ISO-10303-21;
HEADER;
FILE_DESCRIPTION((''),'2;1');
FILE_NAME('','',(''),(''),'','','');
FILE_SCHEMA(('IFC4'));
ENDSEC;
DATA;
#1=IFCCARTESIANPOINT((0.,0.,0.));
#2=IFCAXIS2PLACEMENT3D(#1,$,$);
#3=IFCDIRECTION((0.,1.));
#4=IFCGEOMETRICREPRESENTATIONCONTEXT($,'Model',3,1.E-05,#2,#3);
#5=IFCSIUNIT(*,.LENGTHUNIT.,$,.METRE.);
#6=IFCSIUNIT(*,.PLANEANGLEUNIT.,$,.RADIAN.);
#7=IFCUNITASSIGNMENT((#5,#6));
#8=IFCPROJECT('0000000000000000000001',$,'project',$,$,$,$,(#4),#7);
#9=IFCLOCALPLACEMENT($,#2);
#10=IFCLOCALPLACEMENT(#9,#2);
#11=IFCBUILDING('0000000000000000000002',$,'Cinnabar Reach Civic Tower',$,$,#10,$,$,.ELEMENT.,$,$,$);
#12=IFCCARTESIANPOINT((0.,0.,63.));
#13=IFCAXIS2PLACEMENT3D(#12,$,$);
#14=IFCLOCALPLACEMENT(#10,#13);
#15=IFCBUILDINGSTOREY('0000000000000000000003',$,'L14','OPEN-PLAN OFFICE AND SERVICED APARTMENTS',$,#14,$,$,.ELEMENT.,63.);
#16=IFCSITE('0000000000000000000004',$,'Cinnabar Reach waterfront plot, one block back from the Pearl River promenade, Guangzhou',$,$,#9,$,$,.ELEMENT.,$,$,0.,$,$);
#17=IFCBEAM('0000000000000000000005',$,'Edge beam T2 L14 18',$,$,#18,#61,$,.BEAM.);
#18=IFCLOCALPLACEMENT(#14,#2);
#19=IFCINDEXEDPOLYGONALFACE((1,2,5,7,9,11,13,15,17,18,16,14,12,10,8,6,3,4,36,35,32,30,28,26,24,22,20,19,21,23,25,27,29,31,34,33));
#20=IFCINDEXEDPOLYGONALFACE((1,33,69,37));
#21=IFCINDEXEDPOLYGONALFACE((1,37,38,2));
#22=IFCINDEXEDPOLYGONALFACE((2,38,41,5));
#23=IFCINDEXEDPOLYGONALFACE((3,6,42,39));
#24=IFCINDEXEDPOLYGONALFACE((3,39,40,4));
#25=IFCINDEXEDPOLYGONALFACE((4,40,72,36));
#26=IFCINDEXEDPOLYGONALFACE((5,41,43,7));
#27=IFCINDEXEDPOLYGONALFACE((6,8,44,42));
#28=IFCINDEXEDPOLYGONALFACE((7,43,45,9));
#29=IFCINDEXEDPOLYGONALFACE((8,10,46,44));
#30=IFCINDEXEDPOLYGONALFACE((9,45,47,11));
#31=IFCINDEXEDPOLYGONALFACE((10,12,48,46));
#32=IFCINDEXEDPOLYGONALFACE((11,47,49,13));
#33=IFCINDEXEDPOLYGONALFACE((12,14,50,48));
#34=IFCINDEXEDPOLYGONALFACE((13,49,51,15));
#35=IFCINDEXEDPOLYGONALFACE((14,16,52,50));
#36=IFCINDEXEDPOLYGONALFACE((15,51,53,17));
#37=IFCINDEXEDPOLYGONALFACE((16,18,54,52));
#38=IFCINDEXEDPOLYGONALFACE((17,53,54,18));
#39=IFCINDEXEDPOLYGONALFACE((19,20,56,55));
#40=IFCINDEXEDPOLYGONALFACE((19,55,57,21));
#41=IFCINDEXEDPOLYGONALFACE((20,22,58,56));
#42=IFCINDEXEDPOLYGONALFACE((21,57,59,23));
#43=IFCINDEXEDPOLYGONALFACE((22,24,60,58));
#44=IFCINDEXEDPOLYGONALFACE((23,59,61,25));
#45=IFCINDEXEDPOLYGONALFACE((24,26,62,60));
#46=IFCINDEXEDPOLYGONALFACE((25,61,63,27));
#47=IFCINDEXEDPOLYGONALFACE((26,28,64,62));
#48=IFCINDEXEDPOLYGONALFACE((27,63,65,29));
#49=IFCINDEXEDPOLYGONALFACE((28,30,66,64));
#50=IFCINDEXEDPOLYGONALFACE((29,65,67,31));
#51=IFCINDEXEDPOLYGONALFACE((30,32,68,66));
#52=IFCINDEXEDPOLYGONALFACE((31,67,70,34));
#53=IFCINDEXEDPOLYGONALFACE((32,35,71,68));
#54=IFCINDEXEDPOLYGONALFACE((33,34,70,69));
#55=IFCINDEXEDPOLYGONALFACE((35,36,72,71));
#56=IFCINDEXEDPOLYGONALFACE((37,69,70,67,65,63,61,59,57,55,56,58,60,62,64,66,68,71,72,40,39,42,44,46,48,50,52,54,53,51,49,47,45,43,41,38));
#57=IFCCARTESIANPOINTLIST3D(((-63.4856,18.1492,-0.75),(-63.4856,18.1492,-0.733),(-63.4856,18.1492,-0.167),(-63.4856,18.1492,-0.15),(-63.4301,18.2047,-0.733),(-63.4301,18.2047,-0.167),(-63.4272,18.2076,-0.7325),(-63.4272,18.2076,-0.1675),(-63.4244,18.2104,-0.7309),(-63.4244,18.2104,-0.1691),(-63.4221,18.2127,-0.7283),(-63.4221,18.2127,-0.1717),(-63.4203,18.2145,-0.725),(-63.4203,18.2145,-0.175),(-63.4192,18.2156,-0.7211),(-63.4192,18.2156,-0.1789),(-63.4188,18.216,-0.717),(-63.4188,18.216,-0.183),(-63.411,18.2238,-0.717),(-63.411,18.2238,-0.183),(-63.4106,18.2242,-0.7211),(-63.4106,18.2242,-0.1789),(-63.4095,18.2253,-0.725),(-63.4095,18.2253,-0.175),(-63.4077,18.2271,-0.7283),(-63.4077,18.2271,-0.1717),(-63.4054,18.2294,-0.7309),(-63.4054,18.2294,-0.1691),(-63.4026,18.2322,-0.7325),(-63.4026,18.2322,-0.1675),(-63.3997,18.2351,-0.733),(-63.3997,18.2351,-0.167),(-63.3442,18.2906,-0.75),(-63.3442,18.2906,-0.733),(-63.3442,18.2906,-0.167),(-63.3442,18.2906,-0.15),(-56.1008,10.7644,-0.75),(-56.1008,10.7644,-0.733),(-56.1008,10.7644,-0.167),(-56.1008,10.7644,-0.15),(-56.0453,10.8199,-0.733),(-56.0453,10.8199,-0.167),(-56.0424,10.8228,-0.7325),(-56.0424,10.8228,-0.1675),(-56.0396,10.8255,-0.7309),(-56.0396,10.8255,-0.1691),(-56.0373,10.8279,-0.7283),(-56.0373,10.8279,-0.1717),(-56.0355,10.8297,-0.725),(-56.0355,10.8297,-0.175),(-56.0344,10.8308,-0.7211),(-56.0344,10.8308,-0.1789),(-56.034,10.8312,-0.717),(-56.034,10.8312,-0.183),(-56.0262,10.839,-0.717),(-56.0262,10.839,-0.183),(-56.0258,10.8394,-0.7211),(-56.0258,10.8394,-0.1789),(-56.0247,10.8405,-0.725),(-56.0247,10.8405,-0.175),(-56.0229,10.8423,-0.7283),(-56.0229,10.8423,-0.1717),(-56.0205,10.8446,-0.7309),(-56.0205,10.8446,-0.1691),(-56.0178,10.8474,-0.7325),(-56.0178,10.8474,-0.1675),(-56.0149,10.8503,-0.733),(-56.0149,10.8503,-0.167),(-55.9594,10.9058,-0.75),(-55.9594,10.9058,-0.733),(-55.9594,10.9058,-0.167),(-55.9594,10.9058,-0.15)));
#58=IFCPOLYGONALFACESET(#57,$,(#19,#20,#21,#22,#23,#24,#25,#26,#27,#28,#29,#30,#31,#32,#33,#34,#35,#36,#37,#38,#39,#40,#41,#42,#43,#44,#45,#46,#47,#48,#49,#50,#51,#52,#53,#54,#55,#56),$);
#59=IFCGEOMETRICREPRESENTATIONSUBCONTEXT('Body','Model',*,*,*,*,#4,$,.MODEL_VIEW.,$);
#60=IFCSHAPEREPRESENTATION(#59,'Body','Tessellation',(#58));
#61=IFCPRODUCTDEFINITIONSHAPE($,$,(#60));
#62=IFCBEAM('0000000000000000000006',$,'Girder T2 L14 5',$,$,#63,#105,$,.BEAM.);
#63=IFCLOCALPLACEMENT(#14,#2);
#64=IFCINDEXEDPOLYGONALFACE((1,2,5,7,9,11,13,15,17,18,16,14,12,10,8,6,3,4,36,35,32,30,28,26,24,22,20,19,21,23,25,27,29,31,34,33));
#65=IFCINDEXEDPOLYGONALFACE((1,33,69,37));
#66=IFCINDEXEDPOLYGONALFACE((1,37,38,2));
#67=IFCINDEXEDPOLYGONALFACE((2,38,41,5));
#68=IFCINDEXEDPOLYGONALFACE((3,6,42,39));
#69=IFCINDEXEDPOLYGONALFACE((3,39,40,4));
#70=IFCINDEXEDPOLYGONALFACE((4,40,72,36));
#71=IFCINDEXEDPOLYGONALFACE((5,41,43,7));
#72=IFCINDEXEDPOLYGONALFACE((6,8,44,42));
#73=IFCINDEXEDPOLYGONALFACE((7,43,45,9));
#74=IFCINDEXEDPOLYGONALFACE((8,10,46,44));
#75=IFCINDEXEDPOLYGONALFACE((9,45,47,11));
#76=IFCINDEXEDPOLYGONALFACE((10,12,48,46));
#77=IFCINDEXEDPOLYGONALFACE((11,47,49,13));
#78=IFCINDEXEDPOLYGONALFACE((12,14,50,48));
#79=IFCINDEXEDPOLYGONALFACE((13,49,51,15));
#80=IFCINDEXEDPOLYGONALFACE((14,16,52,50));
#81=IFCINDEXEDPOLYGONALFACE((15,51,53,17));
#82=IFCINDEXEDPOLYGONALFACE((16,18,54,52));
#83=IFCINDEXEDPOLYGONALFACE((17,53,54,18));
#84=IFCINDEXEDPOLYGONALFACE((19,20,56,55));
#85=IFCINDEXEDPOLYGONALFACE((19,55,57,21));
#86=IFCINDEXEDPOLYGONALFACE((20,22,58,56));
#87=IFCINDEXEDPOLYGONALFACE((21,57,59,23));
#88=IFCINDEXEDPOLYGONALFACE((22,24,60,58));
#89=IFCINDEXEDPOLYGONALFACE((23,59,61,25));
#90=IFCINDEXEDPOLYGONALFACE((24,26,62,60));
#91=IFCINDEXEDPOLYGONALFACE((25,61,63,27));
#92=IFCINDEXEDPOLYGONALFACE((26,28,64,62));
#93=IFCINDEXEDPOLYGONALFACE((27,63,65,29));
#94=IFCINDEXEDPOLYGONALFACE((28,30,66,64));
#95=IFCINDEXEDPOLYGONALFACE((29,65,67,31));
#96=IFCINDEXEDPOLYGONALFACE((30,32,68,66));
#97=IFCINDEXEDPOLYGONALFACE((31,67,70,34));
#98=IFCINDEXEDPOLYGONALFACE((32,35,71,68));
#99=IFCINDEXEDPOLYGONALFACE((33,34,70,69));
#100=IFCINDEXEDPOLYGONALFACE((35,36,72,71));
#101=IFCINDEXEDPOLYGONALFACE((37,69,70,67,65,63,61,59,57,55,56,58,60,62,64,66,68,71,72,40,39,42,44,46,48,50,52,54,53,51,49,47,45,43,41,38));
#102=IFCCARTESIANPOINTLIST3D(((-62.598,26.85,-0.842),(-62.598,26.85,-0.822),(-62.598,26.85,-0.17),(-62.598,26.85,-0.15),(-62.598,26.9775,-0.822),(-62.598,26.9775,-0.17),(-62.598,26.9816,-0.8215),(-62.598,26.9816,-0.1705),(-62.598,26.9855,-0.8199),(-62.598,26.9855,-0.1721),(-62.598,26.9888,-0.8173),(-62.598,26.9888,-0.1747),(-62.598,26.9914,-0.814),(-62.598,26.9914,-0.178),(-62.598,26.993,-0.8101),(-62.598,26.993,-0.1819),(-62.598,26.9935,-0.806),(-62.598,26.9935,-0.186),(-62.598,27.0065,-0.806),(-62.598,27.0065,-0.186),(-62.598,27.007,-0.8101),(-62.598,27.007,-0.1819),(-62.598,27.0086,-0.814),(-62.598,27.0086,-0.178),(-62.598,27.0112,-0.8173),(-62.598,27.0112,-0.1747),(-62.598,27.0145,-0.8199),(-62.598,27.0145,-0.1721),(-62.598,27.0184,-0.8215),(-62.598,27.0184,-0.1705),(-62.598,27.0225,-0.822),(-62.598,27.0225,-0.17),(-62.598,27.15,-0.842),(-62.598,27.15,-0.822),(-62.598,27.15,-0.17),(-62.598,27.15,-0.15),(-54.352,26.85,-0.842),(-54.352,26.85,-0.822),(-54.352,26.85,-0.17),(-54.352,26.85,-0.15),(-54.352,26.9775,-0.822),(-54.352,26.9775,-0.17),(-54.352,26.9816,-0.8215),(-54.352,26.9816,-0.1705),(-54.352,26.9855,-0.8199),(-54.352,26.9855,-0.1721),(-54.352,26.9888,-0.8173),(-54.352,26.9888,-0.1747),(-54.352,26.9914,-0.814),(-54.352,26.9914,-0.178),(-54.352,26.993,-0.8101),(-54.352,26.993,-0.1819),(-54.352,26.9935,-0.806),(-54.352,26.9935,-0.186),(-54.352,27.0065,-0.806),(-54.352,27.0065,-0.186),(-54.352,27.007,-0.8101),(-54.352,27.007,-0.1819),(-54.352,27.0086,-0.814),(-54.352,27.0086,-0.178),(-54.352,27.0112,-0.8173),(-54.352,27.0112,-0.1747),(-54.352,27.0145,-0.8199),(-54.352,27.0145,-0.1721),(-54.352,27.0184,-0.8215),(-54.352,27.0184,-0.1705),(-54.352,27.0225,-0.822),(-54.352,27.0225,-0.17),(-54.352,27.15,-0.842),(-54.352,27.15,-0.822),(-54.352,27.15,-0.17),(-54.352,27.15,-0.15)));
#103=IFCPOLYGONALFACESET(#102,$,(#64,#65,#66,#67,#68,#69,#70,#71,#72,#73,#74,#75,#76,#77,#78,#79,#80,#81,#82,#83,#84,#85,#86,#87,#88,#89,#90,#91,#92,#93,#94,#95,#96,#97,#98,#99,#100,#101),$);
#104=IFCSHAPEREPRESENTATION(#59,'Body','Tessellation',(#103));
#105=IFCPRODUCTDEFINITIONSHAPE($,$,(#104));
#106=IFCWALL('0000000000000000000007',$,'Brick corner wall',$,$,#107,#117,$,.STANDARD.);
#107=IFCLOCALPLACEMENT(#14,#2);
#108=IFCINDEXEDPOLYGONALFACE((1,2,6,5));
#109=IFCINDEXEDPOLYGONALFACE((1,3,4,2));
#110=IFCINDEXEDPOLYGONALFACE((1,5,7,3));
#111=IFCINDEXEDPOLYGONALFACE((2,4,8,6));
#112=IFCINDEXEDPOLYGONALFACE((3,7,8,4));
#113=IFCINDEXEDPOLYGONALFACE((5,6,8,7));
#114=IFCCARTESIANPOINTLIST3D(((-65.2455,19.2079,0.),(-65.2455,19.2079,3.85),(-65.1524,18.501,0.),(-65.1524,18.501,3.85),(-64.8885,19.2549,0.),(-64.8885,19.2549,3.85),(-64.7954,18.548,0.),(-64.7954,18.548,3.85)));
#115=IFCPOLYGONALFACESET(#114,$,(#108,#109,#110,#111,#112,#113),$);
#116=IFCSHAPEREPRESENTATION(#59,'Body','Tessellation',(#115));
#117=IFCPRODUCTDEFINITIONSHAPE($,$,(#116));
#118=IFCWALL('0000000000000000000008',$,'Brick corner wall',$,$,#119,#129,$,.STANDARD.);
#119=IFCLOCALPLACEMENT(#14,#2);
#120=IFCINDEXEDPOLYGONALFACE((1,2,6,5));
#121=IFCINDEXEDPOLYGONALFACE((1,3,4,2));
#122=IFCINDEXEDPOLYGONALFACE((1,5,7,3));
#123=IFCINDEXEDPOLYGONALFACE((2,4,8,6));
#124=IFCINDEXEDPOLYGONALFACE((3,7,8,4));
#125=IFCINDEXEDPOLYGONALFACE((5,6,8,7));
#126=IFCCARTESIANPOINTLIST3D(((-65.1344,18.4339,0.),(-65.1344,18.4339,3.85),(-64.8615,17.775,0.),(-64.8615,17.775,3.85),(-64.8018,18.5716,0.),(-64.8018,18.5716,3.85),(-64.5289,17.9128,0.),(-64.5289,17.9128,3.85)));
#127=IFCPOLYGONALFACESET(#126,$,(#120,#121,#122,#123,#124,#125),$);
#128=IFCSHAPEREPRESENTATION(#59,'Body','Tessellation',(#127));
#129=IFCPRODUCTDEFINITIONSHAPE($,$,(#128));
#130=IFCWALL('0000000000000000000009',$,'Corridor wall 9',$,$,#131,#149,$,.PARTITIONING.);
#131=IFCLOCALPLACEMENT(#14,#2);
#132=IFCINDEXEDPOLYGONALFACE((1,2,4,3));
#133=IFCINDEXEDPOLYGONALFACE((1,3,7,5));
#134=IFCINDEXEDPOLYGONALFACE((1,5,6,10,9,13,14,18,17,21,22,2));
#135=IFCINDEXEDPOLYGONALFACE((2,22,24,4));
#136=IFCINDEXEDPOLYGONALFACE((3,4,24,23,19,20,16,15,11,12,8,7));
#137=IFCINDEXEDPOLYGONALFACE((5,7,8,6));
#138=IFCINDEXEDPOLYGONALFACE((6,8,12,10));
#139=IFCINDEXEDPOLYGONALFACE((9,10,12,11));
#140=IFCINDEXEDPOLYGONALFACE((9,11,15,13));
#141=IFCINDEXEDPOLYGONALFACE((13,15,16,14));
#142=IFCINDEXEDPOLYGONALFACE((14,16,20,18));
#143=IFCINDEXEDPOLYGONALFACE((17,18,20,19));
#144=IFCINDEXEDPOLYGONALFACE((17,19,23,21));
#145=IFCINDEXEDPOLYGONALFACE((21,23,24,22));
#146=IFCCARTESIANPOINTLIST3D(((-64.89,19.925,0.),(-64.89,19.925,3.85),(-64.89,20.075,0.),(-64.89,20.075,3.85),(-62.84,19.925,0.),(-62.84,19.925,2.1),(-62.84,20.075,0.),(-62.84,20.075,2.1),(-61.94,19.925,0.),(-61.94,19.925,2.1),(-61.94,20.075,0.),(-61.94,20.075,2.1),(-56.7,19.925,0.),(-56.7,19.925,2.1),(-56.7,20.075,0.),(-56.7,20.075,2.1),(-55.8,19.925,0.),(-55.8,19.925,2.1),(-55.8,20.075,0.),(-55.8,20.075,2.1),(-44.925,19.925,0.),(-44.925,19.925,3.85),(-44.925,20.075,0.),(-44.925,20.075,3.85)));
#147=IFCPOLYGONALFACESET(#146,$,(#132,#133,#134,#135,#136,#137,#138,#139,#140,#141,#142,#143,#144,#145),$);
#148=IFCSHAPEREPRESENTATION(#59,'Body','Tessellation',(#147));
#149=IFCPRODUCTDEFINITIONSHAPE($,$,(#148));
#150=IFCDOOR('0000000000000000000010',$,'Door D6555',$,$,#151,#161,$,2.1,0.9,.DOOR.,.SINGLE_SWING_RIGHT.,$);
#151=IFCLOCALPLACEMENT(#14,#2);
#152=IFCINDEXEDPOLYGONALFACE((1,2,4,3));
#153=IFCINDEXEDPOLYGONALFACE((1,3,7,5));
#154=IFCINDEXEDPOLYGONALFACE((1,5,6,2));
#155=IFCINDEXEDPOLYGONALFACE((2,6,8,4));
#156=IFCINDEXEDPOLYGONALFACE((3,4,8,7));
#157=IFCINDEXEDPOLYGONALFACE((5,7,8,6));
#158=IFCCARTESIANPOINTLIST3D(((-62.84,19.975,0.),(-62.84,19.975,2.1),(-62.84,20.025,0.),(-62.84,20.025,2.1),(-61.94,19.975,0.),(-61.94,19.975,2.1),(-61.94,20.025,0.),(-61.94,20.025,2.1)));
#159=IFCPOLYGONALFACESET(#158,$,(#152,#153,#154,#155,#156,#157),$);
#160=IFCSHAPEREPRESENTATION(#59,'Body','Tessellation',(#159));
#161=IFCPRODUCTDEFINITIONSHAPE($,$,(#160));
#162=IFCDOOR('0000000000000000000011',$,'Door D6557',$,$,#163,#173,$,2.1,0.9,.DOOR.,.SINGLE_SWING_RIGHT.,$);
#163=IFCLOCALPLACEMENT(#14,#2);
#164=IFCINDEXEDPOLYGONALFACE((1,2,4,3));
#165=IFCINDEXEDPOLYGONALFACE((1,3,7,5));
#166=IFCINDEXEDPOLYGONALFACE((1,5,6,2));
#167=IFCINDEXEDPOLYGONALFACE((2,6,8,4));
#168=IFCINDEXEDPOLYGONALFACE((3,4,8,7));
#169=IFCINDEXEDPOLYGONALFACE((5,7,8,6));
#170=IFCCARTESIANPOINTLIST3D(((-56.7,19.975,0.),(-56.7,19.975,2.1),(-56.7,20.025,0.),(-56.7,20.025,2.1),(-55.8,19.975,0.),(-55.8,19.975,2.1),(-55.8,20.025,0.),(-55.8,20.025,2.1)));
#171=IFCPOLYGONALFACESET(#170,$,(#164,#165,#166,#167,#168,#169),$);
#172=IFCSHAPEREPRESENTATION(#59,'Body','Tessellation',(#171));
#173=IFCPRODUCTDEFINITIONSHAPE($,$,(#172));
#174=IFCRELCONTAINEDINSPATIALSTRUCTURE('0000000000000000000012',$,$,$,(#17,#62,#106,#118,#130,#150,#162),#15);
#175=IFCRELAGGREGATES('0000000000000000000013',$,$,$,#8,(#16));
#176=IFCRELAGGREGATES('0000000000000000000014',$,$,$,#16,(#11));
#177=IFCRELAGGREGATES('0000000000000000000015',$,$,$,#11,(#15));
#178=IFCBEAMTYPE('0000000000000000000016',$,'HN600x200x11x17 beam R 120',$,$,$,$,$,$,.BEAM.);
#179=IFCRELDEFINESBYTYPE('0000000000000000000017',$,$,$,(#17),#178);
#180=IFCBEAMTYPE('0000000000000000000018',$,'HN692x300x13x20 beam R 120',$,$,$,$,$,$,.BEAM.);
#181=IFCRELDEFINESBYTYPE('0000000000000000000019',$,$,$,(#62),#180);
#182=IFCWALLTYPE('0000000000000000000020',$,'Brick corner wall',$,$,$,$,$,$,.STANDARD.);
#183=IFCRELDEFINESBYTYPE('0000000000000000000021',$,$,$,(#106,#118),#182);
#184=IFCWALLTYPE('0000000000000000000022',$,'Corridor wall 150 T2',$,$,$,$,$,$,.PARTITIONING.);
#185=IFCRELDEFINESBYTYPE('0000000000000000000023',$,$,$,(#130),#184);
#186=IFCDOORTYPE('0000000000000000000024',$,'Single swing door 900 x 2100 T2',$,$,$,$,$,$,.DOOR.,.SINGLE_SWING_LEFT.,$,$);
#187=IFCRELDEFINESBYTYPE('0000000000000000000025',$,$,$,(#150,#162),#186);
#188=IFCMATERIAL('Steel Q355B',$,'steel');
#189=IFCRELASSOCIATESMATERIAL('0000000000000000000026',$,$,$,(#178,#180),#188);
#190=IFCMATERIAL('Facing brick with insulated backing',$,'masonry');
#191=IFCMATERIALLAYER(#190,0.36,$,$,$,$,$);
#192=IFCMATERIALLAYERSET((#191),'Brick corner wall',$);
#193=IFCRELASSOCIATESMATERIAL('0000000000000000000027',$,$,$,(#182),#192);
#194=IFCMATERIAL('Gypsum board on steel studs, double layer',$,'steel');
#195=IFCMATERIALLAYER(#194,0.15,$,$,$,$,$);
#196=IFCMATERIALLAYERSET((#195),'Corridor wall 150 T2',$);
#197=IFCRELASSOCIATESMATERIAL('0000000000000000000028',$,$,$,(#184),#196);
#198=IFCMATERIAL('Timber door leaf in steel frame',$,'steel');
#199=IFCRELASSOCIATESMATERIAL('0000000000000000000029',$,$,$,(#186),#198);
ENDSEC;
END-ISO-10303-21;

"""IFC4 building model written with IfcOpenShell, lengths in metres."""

from ifc_helpers import new_model, si_unit, direction, frame, frame_2d, origin, origin_2d, place, context, subcontext, project, spatial, rectangle, i_section, extrude, material, layer, layer_set, material_profile, profile_set, type_object, element, fill, save


model = new_model("IFC4")

# Units and contexts
model_context = context("Model", 3, precision=1e-05, world=origin(), true_north=direction((0.0, 1.0)))
body_context = subcontext(model_context, "Body", "Model", "MODEL_VIEW")
ifc_project = project(units=[si_unit("LENGTHUNIT", "METRE"), si_unit("PLANEANGLEUNIT", "RADIAN")], contexts=[model_context])

# Site, building, storey
site_placement = place(None, origin())
site = spatial("IfcSite", under=ifc_project, at=site_placement, Name="Cinnabar Reach waterfront plot, one block back from the Pearl River promenade, Guangzhou", CompositionType="ELEMENT", RefElevation=0.0)
building_placement = place(site_placement, origin())
building = spatial("IfcBuilding", under=site, at=building_placement, Name="Cinnabar Reach Civic Tower", CompositionType="ELEMENT")
storey_placement = place(building_placement, frame((0.0, 0.0, 63.0)))
storey = spatial("IfcBuildingStorey", under=building, at=storey_placement, Name="L14", Description="OPEN-PLAN OFFICE AND SERVICED APARTMENTS", CompositionType="ELEMENT", Elevation=63.0)

# Beams
ifc_material_1 = material(Name="Steel Q355B", Category="steel")
ifc_material_profile_1 = material_profile(ifc_material_1, i_section(OverallWidth=0.2, OverallDepth=0.6, WebThickness=0.011, FlangeThickness=0.017, FilletRadius=0.016, at=origin_2d()), Name="HN600x200x11x17")
ifc_profile_set_1 = profile_set([ifc_material_profile_1], Name="Steel Q355B")
beam_type_1 = type_object("IfcBeamType", Name="HN600x200x11x17 beam R 120", PredefinedType="BEAM", material=ifc_profile_set_1)
beam_1_placement = place(storey_placement, frame((-63.4149, 18.2199, -0.45), z_axis=(0.707107, -0.707107, 0.0), x_axis=(0.707107, 0.707107, 0.0)))
element("IfcBeam", 1, at=beam_1_placement, inside=storey, type_object=beam_type_1, Name="Edge beam T2 L14 18", PredefinedType="BEAM", context=body_context, shape_type="SweptSolid", body=[
    extrude(i_section(OverallWidth=0.2, OverallDepth=0.6, WebThickness=0.011, FlangeThickness=0.017, FilletRadius=0.016, at=origin_2d()), origin(), (0.0, 0.0, 1.0), 10.4437),
])
ifc_material_profile_2 = material_profile(ifc_material_1, i_section(OverallWidth=0.3, OverallDepth=0.692, WebThickness=0.013, FlangeThickness=0.02, FilletRadius=0.016, at=origin_2d()), Name="HN692x300x13x20")
ifc_profile_set_2 = profile_set([ifc_material_profile_2], Name="Steel Q355B")
beam_type_2 = type_object("IfcBeamType", Name="HN692x300x13x20 beam R 120", PredefinedType="BEAM", material=ifc_profile_set_2)
beam_2_placement = place(storey_placement, frame((-62.598, 27.0, -0.496), z_axis=(1.0, 0.0, 0.0), x_axis=(0.0, 1.0, 0.0)))
element("IfcBeam", 2, at=beam_2_placement, inside=storey, type_object=beam_type_2, Name="Girder T2 L14 5", PredefinedType="BEAM", context=body_context, shape_type="SweptSolid", body=[
    extrude(i_section(OverallWidth=0.3, OverallDepth=0.692, WebThickness=0.013, FlangeThickness=0.02, FilletRadius=0.016, at=origin_2d()), origin(), (0.0, 0.0, 1.0), 8.246),
])

# Walls
ifc_material_2 = material(Name="Facing brick with insulated backing", Category="masonry")
ifc_layer_1 = layer(ifc_material_2, 0.36)
ifc_layer_set_1 = layer_set([ifc_layer_1], Name="Brick corner wall")
wall_type_1 = type_object("IfcWallType", Name="Brick corner wall", PredefinedType="STANDARD", material=ifc_layer_set_1)
for number, where, z_axis, x_axis, name in (
    (3, (-65.067, 19.2314, 0.0), (0.0, 0.0, 1.0), (0.130556, -0.991441, 0.0), "Brick corner wall"),
    (4, (-64.9681, 18.5027, 0.0), (0.0, 0.0, 1.0), (0.382703, -0.923872, 0.0), "Brick corner wall"),
):
    element("IfcWall", number, at=place(storey_placement, frame(where, z_axis=z_axis, x_axis=x_axis)), inside=storey, type_object=wall_type_1, Name=name, PredefinedType="STANDARD", context=body_context, shape_type="SweptSolid", body=[
        extrude(rectangle(XDim=0.7131, YDim=0.36, at=frame_2d((0.3565, 0.0))), origin(), (0.0, 0.0, 1.0), 3.85),
    ])

# Wall, openings, doors
ifc_material_3 = material(Name="Gypsum board on steel studs, double layer", Category="steel")
ifc_layer_2 = layer(ifc_material_3, 0.15)
ifc_layer_set_2 = layer_set([ifc_layer_2], Name="Corridor wall 150 T2")
wall_type_2 = type_object("IfcWallType", Name="Corridor wall 150 T2", PredefinedType="PARTITIONING", material=ifc_layer_set_2)
wall_1_placement = place(storey_placement, frame((-64.89, 20.0, 0.0), z_axis=(0.0, 0.0, 1.0), x_axis=(1.0, 0.0, 0.0)))
wall_1 = element("IfcWall", 5, at=wall_1_placement, inside=storey, type_object=wall_type_2, Name="Corridor wall 9", PredefinedType="PARTITIONING", context=body_context, shape_type="SweptSolid", body=[
    extrude(rectangle(XDim=19.965, YDim=0.15, at=frame_2d((9.9825, 0.0))), origin(), (0.0, 0.0, 1.0), 3.85),
])
opening_1_placement = place(wall_1_placement, frame((2.05, 0.0, 0.0)))
opening_1 = element("IfcOpeningElement", 6, at=opening_1_placement, cuts=wall_1, PredefinedType="OPENING", context=body_context, shape_type="SweptSolid", body=[
    extrude(rectangle(XDim=0.9, YDim=2.1, at=frame_2d((0.45, 1.05))), frame((0.0, 0.085, 0.0), z_axis=(0.0, -1.0, 0.0), x_axis=(1.0, 0.0, 0.0)), (0.0, 0.0, 1.0), 0.17),
])
opening_2_placement = place(wall_1_placement, frame((8.19, 0.0, 0.0)))
opening_2 = element("IfcOpeningElement", 7, at=opening_2_placement, cuts=wall_1, PredefinedType="OPENING", context=body_context, shape_type="SweptSolid", body=[
    extrude(rectangle(XDim=0.9, YDim=2.1, at=frame_2d((0.45, 1.05))), frame((0.0, 0.085, 0.0), z_axis=(0.0, -1.0, 0.0), x_axis=(1.0, 0.0, 0.0)), (0.0, 0.0, 1.0), 0.17),
])
ifc_material_4 = material(Name="Timber door leaf in steel frame", Category="steel")
door_type = type_object("IfcDoorType", Name="Single swing door 900 x 2100 T2", OperationType="SINGLE_SWING_LEFT", PredefinedType="DOOR", material=ifc_material_4)
door_1_placement = place(opening_1_placement, origin())
door_1 = element("IfcDoor", 8, at=door_1_placement, inside=storey, type_object=door_type, Name="Door D6555", OperationType="SINGLE_SWING_RIGHT", OverallHeight=2.1, OverallWidth=0.9, PredefinedType="DOOR", context=body_context, shape_type="SweptSolid", body=[
    extrude(rectangle(XDim=0.9, YDim=2.1, at=frame_2d((0.45, 1.05))), frame((0.0, 0.025, 0.0), z_axis=(0.0, -1.0, 0.0), x_axis=(1.0, 0.0, 0.0)), (0.0, 0.0, 1.0), 0.05),
])
fill(opening_1, door_1)
door_2_placement = place(opening_2_placement, origin())
door_2 = element("IfcDoor", 9, at=door_2_placement, inside=storey, type_object=door_type, Name="Door D6557", OperationType="SINGLE_SWING_RIGHT", OverallHeight=2.1, OverallWidth=0.9, PredefinedType="DOOR", context=body_context, shape_type="SweptSolid", body=[
    extrude(rectangle(XDim=0.9, YDim=2.1, at=frame_2d((0.45, 1.05))), frame((0.0, 0.025, 0.0), z_axis=(0.0, -1.0, 0.0), x_axis=(1.0, 0.0, 0.0)), (0.0, 0.0, 1.0), 0.05),
])
fill(opening_2, door_2)

save(model, "model.ifc")
